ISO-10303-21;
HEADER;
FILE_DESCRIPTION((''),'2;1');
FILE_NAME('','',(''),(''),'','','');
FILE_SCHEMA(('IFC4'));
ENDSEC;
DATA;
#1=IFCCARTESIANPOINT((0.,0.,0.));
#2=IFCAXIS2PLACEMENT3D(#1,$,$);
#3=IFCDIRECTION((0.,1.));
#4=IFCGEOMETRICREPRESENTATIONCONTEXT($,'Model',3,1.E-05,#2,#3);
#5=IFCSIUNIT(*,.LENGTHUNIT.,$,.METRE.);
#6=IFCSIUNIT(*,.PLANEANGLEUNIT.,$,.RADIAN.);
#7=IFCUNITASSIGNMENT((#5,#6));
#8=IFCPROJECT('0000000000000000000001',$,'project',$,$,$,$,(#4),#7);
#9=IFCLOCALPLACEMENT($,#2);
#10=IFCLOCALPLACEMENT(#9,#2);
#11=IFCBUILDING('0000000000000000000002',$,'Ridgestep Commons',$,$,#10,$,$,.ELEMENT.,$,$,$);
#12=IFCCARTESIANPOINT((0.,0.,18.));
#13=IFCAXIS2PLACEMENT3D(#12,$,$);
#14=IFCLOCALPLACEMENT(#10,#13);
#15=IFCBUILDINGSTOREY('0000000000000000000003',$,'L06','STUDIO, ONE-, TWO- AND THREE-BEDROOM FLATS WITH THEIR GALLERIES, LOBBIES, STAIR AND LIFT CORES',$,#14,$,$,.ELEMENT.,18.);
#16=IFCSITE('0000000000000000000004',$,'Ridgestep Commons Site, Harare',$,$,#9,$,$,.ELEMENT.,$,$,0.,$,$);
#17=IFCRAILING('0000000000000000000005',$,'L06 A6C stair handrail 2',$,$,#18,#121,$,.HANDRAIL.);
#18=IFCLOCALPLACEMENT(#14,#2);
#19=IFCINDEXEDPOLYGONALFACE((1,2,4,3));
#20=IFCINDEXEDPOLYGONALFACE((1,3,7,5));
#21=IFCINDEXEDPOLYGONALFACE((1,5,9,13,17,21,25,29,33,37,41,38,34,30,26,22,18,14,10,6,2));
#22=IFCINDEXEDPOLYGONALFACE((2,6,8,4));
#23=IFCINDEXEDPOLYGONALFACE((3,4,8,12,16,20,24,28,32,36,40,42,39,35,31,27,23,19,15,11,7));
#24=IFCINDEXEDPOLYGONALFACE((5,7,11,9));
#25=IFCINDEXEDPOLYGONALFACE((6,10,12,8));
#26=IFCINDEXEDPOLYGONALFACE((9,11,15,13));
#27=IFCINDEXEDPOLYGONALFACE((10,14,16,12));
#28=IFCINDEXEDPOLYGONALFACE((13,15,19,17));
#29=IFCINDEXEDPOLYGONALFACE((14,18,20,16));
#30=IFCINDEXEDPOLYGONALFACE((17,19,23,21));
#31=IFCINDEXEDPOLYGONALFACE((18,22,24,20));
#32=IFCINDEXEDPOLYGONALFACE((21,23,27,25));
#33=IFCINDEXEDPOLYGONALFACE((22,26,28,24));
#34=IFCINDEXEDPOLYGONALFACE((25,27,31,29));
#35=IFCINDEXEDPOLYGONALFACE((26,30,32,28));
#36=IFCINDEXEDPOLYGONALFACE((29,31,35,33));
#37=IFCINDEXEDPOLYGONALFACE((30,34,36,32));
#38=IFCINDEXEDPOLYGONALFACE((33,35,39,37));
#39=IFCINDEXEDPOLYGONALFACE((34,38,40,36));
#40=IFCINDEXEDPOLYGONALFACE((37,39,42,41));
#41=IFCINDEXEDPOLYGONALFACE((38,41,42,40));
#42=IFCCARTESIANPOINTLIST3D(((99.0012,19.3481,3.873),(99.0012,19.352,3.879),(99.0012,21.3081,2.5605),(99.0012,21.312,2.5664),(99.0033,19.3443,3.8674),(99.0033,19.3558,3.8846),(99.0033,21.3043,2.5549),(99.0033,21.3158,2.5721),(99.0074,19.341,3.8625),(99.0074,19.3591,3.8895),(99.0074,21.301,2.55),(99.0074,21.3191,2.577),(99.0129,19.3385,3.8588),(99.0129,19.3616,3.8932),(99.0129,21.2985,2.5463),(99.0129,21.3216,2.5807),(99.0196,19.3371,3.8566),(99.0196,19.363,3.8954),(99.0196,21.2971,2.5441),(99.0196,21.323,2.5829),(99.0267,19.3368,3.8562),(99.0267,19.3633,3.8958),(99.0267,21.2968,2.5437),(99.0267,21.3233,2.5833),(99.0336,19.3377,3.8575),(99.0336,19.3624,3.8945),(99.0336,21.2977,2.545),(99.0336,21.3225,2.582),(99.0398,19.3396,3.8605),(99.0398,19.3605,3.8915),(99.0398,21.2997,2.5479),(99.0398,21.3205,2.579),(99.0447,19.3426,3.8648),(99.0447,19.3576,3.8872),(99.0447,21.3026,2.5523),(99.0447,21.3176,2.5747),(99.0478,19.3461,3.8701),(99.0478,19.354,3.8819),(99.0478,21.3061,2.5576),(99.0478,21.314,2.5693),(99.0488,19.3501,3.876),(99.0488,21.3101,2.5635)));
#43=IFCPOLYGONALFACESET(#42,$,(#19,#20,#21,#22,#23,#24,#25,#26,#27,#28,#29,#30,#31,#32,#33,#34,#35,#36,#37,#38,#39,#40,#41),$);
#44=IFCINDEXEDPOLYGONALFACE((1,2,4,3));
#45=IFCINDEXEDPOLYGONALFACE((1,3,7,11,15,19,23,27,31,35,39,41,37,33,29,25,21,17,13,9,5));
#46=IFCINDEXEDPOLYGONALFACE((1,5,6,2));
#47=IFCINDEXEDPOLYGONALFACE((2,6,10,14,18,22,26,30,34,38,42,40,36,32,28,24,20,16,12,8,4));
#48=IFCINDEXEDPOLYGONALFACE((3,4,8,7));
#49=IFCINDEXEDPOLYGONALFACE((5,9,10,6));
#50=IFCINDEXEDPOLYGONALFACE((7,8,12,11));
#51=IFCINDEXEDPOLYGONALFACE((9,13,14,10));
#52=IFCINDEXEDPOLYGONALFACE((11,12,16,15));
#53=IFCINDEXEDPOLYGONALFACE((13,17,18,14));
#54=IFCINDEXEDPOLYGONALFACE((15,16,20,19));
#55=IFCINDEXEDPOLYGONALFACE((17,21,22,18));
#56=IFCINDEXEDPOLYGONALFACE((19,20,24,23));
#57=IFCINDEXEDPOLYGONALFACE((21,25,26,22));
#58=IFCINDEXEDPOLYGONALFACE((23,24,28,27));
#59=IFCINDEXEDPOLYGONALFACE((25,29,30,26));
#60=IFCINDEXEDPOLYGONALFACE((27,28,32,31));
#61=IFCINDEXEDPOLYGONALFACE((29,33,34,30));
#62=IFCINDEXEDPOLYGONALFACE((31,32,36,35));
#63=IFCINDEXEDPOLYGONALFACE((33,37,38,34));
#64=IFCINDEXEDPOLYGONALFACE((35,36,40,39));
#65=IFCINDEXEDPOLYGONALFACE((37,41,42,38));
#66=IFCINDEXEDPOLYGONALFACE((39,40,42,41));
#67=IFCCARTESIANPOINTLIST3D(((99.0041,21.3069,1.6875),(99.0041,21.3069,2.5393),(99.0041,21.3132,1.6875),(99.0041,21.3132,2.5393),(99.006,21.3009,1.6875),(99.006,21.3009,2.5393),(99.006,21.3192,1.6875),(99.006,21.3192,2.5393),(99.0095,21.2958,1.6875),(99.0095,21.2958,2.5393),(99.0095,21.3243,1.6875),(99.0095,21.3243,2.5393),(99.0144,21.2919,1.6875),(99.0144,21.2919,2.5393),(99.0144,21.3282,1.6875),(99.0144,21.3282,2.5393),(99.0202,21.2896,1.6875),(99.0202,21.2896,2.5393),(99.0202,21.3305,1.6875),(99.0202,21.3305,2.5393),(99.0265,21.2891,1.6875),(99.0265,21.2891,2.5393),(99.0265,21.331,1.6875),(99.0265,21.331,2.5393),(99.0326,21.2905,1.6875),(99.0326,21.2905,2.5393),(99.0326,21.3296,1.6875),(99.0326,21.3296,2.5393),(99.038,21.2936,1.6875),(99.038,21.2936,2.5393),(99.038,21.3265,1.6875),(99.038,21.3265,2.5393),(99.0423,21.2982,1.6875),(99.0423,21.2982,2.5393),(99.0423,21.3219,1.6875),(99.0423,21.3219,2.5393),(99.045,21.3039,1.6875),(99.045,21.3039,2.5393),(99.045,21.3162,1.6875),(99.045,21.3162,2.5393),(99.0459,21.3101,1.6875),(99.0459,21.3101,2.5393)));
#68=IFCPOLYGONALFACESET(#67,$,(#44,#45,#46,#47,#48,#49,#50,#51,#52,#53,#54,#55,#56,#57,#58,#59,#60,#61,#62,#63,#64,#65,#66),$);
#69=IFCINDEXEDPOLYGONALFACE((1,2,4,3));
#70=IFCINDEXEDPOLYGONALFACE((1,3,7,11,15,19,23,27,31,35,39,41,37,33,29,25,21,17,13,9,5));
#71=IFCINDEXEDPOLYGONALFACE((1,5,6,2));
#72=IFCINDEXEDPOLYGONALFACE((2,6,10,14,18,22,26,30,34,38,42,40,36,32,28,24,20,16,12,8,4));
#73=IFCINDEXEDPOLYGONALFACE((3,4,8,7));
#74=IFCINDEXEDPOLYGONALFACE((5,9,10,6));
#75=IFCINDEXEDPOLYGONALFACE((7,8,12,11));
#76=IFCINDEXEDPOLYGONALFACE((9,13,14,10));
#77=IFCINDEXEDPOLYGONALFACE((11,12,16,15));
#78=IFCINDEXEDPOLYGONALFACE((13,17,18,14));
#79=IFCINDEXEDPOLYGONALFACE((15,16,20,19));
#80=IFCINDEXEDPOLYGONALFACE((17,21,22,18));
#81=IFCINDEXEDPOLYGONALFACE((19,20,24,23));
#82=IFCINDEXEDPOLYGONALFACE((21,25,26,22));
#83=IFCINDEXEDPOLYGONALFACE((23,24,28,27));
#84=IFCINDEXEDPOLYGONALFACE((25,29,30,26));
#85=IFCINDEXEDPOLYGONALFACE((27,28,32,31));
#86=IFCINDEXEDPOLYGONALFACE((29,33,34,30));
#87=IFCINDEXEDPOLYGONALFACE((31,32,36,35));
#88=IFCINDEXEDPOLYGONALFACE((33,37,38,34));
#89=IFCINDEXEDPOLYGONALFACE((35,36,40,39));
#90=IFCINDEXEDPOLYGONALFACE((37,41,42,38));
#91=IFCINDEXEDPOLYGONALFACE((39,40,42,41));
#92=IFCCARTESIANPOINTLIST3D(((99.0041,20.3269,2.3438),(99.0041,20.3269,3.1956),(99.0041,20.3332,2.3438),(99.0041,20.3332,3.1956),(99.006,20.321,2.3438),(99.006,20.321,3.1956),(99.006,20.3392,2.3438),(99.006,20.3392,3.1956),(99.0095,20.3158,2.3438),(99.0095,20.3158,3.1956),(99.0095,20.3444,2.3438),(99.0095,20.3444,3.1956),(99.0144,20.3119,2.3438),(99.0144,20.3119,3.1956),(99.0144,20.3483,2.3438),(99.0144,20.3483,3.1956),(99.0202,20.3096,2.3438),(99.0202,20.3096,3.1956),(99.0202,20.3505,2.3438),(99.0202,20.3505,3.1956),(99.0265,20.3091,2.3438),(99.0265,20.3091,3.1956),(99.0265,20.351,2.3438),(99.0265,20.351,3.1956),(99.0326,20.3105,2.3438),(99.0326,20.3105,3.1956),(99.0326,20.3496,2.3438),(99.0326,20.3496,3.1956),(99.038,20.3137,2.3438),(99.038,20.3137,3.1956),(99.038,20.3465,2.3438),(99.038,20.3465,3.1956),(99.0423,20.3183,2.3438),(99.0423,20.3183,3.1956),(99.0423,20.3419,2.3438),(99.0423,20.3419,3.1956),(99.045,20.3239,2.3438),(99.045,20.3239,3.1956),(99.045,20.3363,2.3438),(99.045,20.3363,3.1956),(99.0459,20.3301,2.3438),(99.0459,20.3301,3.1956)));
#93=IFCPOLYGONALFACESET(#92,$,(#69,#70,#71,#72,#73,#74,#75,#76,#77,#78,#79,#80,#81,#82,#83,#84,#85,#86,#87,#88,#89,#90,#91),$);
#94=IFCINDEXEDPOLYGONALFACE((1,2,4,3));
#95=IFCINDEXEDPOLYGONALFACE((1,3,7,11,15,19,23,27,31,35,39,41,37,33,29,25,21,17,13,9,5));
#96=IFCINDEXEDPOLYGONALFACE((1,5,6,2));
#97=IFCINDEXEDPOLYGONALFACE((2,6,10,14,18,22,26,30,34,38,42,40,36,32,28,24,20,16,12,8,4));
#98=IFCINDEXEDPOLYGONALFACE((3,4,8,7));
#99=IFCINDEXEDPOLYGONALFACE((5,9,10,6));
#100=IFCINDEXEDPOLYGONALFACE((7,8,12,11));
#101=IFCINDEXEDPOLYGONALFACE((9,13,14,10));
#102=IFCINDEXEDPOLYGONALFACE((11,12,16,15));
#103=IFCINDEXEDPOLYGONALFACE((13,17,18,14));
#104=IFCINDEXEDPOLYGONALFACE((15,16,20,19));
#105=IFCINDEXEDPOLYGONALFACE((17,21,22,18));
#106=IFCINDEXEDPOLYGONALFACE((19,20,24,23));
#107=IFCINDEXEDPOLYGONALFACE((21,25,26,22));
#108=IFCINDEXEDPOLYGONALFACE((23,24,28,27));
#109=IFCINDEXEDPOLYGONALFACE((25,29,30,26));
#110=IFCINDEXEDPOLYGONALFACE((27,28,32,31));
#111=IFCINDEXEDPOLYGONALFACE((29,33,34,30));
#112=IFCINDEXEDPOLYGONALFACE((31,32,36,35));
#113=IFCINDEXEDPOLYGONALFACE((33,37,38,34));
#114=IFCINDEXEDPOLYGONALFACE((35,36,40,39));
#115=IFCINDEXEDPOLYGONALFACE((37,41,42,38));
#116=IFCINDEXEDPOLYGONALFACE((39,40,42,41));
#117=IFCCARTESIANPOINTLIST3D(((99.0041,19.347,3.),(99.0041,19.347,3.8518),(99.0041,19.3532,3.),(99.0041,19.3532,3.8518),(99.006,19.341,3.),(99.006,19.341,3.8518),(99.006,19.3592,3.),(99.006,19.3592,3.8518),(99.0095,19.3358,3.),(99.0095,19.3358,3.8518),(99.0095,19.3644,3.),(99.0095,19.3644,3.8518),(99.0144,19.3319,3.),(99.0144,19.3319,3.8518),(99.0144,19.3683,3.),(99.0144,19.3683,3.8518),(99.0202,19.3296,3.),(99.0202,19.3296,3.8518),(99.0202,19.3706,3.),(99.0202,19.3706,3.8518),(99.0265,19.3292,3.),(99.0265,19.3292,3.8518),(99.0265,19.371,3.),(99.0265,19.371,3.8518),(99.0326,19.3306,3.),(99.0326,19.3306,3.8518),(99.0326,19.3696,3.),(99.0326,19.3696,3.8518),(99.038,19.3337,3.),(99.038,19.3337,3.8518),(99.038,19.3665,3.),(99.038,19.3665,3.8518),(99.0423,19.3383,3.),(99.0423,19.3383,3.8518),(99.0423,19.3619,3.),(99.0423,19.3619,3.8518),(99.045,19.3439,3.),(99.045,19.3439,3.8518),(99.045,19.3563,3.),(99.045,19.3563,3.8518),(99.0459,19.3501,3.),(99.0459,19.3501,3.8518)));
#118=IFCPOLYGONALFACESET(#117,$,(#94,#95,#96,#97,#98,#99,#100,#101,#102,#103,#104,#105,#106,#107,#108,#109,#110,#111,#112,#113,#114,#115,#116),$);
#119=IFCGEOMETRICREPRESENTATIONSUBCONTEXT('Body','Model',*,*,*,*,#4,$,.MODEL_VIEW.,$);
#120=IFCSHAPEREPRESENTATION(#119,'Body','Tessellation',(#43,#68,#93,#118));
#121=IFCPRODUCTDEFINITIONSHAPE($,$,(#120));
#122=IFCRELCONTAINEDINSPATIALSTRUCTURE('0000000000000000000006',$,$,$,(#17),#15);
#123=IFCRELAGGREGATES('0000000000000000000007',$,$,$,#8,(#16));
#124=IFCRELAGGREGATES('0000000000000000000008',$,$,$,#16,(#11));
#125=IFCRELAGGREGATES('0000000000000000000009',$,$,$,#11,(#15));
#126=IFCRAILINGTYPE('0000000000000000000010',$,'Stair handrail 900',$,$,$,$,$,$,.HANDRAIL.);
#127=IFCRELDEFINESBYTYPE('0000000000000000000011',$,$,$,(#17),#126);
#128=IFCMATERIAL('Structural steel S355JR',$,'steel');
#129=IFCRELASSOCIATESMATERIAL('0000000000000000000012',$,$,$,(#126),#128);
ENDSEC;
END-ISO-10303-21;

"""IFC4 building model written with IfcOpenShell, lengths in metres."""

from ifc_helpers import new_model, si_unit, direction, frame, origin, origin_2d, place, context, subcontext, project, spatial, circle, extrude, material, type_object, element, save


model = new_model("IFC4")

# Units and contexts
model_context = context("Model", 3, precision=1e-05, world=origin(), true_north=direction((0.0, 1.0)))
body_context = subcontext(model_context, "Body", "Model", "MODEL_VIEW")
ifc_project = project(units=[si_unit("LENGTHUNIT", "METRE"), si_unit("PLANEANGLEUNIT", "RADIAN")], contexts=[model_context])

# Site, building, storey
site_placement = place(None, origin())
site = spatial("IfcSite", under=ifc_project, at=site_placement, Name="Ridgestep Commons Site, Harare", CompositionType="ELEMENT", RefElevation=0.0)
building_placement = place(site_placement, origin())
building = spatial("IfcBuilding", under=site, at=building_placement, Name="Ridgestep Commons", CompositionType="ELEMENT")
storey_placement = place(building_placement, frame((0.0, 0.0, 18.0)))
storey = spatial("IfcBuildingStorey", under=building, at=storey_placement, Name="L06", Description="STUDIO, ONE-, TWO- AND THREE-BEDROOM FLATS WITH THEIR GALLERIES, LOBBIES, STAIR AND LIFT CORES", CompositionType="ELEMENT", Elevation=18.0)

# Railing
ifc_material_1 = material(Name="Structural steel S355JR", Category="steel")
railing_type_1 = type_object("IfcRailingType", Name="Stair handrail 900", PredefinedType="HANDRAIL", material=ifc_material_1)
railing_1_placement = place(storey_placement, frame((99.0249, 21.3101, 1.6875)))
element("IfcRailing", 1, at=railing_1_placement, inside=storey, type_object=railing_type_1, Name="L06 A6C stair handrail 2", PredefinedType="HANDRAIL", context=body_context, shape_type="SweptSolid", body=[
    extrude(circle(Radius=0.0239, at=origin_2d()), frame((0.0, 0.0, 0.876), z_axis=(0.0, -0.830902, 0.556419), x_axis=(1.0, 0.0, 0.0)), (0.0, 0.0, 1.0), 2.3589),
    extrude(circle(Radius=0.021, at=origin_2d()), origin(), (0.0, 0.0, 1.0), 0.8518),
    extrude(circle(Radius=0.021, at=origin_2d()), frame((0.0, -0.98, 0.6562)), (0.0, 0.0, 1.0), 0.8518),
    extrude(circle(Radius=0.021, at=origin_2d()), frame((0.0, -1.96, 1.3125)), (0.0, 0.0, 1.0), 0.8518),
])

save(model, "model.ifc")
